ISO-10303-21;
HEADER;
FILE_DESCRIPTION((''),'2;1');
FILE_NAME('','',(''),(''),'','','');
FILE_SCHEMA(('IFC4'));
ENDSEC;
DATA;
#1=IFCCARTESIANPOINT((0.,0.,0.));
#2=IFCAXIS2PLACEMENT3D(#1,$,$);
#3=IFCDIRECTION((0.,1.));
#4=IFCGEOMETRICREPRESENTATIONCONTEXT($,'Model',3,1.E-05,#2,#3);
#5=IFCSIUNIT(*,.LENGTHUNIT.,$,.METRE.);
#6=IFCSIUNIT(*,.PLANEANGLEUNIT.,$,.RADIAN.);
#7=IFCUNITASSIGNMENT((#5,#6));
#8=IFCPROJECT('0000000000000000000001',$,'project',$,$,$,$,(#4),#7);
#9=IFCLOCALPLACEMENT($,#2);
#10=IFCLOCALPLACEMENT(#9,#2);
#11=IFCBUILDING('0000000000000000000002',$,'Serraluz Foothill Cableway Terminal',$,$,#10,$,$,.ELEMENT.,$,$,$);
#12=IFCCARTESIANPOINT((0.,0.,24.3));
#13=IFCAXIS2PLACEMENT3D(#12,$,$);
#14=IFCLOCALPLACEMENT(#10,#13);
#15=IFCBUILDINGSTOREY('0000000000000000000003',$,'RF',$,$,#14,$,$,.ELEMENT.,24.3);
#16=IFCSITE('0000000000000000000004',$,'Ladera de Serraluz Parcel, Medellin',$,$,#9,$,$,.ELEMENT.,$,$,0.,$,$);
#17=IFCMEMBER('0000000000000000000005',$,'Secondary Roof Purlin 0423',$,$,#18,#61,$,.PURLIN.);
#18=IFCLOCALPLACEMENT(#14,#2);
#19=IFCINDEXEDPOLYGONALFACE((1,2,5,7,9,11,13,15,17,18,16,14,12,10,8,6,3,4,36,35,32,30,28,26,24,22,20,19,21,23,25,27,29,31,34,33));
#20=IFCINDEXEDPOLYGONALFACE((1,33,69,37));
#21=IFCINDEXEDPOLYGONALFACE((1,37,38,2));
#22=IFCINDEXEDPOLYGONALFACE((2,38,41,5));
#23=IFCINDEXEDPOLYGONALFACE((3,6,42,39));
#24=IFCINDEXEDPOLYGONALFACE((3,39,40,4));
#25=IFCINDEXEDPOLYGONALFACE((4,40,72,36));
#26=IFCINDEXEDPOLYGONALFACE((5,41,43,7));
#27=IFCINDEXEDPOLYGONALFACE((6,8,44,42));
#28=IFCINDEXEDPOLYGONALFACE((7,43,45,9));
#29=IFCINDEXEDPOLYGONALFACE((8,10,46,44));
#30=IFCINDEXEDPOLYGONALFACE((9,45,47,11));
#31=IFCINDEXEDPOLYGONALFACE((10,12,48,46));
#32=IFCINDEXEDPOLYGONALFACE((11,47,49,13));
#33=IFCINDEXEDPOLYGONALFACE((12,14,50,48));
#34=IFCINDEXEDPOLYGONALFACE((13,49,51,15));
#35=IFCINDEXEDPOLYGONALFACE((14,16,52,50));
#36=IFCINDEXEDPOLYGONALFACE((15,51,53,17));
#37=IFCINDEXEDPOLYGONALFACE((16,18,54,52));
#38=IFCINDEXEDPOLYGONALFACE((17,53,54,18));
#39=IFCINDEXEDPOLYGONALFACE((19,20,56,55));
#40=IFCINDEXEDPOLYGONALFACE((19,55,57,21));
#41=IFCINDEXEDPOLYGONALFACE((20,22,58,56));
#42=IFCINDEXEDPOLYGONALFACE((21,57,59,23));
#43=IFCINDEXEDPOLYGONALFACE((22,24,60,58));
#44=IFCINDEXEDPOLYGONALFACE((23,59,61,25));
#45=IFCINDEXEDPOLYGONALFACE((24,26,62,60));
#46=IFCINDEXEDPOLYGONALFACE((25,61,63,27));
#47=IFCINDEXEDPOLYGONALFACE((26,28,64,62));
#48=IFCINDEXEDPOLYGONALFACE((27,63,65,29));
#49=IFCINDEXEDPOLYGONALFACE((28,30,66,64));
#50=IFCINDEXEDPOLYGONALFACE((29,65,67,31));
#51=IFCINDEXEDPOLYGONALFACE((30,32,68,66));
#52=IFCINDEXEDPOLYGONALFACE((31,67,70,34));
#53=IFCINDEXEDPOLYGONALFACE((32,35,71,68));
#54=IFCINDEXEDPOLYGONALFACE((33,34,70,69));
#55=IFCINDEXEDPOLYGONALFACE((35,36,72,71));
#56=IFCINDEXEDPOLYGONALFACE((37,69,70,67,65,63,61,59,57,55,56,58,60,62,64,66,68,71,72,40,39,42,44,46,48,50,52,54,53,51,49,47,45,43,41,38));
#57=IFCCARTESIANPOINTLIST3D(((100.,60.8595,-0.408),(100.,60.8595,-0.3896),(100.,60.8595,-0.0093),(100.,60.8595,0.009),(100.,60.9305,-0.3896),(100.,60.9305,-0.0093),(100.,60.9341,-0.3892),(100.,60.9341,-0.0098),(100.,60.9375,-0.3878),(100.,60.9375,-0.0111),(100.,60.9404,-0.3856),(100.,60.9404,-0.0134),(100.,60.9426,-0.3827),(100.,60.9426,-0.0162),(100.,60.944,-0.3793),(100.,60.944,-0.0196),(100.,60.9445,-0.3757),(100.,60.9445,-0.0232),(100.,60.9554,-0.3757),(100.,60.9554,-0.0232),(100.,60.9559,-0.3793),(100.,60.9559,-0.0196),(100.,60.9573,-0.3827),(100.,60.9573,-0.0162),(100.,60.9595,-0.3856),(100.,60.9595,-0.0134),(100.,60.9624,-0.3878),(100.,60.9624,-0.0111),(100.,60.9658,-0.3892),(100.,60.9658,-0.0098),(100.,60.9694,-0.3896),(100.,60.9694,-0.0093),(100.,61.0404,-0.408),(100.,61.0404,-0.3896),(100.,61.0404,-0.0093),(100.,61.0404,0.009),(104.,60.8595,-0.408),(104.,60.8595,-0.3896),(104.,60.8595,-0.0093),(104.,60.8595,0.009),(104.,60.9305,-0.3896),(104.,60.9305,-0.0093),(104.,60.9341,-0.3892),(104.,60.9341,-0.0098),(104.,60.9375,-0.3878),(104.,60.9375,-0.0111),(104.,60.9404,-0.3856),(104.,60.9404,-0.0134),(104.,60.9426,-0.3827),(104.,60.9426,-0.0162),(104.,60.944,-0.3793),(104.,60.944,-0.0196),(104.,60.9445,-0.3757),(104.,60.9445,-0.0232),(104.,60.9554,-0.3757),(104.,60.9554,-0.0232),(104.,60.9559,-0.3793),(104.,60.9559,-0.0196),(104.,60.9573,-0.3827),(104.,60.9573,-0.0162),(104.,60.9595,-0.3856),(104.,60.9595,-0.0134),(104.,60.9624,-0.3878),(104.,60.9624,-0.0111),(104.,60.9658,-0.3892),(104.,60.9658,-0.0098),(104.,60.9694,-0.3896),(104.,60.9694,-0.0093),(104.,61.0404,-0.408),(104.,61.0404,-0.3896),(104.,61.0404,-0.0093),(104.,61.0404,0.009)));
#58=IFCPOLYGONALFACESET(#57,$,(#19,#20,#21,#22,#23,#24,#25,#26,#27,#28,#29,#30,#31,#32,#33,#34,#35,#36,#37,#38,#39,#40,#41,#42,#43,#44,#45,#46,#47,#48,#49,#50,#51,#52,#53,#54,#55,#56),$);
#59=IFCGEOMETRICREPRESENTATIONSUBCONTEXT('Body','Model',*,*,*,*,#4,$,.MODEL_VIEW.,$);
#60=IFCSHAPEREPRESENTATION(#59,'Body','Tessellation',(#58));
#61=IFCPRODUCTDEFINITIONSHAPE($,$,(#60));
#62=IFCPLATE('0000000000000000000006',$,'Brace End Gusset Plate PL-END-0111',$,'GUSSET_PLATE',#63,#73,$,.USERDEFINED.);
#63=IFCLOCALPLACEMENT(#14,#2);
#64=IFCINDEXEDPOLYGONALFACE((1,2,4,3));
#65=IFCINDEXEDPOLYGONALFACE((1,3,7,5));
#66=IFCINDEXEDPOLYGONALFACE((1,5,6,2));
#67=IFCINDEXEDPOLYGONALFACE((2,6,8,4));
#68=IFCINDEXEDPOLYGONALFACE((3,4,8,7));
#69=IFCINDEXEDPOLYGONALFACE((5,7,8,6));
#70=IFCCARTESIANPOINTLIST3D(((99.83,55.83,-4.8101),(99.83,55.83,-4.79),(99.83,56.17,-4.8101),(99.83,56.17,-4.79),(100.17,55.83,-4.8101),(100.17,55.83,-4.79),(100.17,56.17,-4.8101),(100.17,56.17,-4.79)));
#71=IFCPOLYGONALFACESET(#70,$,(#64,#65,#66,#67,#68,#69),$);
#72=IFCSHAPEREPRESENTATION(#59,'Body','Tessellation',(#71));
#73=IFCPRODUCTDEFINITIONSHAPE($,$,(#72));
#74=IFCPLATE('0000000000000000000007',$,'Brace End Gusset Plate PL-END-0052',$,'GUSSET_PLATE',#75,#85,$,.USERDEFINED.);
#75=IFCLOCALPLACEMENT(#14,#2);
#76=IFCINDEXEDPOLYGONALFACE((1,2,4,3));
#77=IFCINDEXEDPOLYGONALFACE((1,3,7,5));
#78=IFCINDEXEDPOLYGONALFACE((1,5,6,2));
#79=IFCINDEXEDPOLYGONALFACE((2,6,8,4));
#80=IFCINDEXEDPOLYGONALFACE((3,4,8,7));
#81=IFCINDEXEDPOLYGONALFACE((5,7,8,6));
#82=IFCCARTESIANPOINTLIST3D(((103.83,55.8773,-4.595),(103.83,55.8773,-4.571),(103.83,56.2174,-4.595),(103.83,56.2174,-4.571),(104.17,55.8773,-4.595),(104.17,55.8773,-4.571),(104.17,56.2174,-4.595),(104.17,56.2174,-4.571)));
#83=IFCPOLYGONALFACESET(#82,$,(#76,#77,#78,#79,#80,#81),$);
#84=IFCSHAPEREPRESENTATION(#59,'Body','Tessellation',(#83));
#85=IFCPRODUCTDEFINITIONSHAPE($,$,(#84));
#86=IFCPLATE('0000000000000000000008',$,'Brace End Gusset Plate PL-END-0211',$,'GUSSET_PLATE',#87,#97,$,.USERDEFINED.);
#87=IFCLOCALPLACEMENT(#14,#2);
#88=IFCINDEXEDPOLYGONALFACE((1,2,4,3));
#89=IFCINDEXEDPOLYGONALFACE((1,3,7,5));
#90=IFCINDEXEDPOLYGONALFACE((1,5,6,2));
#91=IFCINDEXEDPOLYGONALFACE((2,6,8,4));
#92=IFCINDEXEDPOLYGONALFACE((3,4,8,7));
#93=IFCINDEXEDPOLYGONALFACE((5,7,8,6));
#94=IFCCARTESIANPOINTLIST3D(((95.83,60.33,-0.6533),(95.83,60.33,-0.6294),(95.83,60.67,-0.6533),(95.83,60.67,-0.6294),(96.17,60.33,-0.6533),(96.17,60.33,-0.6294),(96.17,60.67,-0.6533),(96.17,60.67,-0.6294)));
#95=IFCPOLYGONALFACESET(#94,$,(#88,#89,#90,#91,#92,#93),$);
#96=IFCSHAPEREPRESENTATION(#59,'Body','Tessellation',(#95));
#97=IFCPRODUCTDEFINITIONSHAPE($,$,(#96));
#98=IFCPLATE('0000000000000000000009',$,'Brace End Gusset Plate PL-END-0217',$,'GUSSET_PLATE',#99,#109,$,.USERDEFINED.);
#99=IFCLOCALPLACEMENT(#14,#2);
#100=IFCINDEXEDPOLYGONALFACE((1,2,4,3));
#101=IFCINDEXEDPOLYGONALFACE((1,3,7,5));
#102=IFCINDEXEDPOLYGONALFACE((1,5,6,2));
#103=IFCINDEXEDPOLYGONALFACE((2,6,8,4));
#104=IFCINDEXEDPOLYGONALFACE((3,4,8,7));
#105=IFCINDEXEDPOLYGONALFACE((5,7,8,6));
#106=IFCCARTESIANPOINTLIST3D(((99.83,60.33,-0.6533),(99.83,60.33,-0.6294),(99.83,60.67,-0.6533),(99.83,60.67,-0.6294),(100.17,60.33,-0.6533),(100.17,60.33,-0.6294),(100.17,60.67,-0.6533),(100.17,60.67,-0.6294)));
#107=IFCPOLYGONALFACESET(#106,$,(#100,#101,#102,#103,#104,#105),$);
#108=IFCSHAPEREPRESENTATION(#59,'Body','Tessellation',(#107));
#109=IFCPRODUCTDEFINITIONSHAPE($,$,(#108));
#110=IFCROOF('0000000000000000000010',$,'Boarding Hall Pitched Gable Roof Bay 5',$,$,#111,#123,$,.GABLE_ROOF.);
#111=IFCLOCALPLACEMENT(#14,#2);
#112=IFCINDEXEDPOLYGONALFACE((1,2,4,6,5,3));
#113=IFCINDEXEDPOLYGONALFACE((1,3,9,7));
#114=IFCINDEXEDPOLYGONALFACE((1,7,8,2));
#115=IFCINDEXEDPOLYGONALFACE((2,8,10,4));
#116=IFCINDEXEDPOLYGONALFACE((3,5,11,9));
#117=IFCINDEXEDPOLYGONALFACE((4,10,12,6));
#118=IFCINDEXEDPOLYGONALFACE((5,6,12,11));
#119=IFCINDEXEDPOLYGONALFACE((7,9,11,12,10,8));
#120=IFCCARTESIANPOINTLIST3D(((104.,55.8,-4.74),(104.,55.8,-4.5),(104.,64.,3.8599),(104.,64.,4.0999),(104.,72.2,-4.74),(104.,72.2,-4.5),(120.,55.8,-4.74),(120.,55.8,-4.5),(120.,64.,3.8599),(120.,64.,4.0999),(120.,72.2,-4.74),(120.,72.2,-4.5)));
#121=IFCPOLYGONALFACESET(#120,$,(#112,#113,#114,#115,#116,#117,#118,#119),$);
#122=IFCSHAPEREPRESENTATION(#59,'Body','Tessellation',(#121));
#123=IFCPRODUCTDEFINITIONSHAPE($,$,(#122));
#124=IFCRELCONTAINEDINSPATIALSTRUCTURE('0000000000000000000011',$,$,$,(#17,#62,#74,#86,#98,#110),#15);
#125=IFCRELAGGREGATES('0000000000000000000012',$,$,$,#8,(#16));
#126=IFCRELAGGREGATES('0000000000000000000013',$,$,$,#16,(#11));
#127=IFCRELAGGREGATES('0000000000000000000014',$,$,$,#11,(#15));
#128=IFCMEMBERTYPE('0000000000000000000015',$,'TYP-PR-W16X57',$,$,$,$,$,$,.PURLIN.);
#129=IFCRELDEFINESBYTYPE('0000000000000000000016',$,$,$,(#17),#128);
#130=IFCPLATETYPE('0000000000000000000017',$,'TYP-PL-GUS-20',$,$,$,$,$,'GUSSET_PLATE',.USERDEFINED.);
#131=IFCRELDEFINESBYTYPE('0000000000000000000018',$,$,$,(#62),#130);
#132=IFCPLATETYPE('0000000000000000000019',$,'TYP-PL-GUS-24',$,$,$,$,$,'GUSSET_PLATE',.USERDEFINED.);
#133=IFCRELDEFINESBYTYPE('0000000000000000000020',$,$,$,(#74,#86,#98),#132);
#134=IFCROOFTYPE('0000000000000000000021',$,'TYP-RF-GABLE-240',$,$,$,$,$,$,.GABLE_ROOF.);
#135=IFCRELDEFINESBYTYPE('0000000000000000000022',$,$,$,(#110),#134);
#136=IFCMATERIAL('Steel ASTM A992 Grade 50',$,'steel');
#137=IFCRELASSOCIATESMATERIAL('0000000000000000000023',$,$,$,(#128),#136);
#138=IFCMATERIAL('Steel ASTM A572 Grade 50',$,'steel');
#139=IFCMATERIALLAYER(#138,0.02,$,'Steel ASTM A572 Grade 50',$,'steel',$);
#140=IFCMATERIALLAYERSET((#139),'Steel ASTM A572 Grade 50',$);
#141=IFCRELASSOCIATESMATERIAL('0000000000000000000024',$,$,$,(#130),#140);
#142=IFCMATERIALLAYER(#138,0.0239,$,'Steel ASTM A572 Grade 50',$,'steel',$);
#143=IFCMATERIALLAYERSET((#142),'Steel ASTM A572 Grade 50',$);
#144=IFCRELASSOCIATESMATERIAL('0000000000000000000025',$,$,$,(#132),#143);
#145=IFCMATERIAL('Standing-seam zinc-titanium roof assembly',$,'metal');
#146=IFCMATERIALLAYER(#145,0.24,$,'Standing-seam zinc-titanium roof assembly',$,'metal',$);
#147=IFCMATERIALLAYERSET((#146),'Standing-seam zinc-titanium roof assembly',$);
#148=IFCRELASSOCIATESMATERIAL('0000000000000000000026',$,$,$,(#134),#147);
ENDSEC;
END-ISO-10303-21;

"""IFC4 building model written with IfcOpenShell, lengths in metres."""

from ifc_helpers import new_model, si_unit, direction, frame, origin, origin_2d, place, context, subcontext, project, spatial, polyline, rectangle, i_section, outline, extrude, material, layer, layer_set, material_profile, profile_set, type_object, element, save


model = new_model("IFC4")

# Units and contexts
model_context = context("Model", 3, precision=1e-05, world=origin(), true_north=direction((0.0, 1.0)))
body_context = subcontext(model_context, "Body", "Model", "MODEL_VIEW")
ifc_project = project(units=[si_unit("LENGTHUNIT", "METRE"), si_unit("PLANEANGLEUNIT", "RADIAN")], contexts=[model_context])

# Site, building, storey
site_placement = place(None, origin())
site = spatial("IfcSite", under=ifc_project, at=site_placement, Name="Ladera de Serraluz Parcel, Medellin", CompositionType="ELEMENT", RefElevation=0.0)
building_placement = place(site_placement, origin())
building = spatial("IfcBuilding", under=site, at=building_placement, Name="Serraluz Foothill Cableway Terminal", CompositionType="ELEMENT")
storey_placement = place(building_placement, frame((0.0, 0.0, 24.3)))
storey = spatial("IfcBuildingStorey", under=building, at=storey_placement, Name="RF", CompositionType="ELEMENT", Elevation=24.3)

# Member
ifc_material_1 = material(Name="Steel ASTM A572 Grade 50", Category="steel")
ifc_material_2 = material(Name="Steel ASTM A992 Grade 50", Category="steel")
ifc_material_profile_1 = material_profile(ifc_material_2, i_section(OverallWidth=0.1809, OverallDepth=0.417, WebThickness=0.011, FlangeThickness=0.0183, FilletRadius=0.0139, at=origin_2d()), Name="W16X57")
ifc_profile_set_1 = profile_set([ifc_material_profile_1], Name="Steel ASTM A992 Grade 50")
member_type_1 = type_object("IfcMemberType", Name="TYP-PR-W16X57", PredefinedType="PURLIN", material=ifc_profile_set_1)
for number, where, z_axis, x_axis, name in (
    (1, (100.0, 60.95, -0.1995), (1.0, 0.0, 0.0), (0.0, 1.0, 0.0), "Secondary Roof Purlin 0423"),
):
    element("IfcMember", number, at=place(storey_placement, frame(where, z_axis=z_axis, x_axis=x_axis)), inside=storey, type_object=member_type_1, Name=name, PredefinedType="PURLIN", context=body_context, shape_type="SweptSolid", body=[
        extrude(i_section(OverallWidth=0.1809, OverallDepth=0.417, WebThickness=0.011, FlangeThickness=0.0183, FilletRadius=0.0139, at=origin_2d()), origin(), (0.0, 0.0, 1.0), 4.0),
    ])

# Plates
ifc_layer_1 = layer(ifc_material_1, 0.02, Name="Steel ASTM A572 Grade 50", Category="steel")
ifc_layer_set_1 = layer_set([ifc_layer_1], Name="Steel ASTM A572 Grade 50")
plate_type_1 = type_object("IfcPlateType", Name="TYP-PL-GUS-20", ElementType="GUSSET_PLATE", PredefinedType="USERDEFINED", material=ifc_layer_set_1)
plate_placement = place(storey_placement, frame((100.0, 56.0, -4.8101), z_axis=(0.0, 0.0, 1.0), x_axis=(1.0, 0.0, 0.0)))
element("IfcPlate", 2, at=plate_placement, inside=storey, type_object=plate_type_1, Name="Brace End Gusset Plate PL-END-0111", ObjectType="GUSSET_PLATE", PredefinedType="USERDEFINED", context=body_context, shape_type="SweptSolid", body=[
    extrude(rectangle(XDim=0.3401, YDim=0.3401, at=origin_2d()), origin(), (0.0, 0.0, 1.0), 0.02),
])
ifc_layer_2 = layer(ifc_material_1, 0.0239, Name="Steel ASTM A572 Grade 50", Category="steel")
ifc_layer_set_2 = layer_set([ifc_layer_2], Name="Steel ASTM A572 Grade 50")
plate_type_2 = type_object("IfcPlateType", Name="TYP-PL-GUS-24", ElementType="GUSSET_PLATE", PredefinedType="USERDEFINED", material=ifc_layer_set_2)
for number, where, z_axis, x_axis, name in (
    (3, (104.0, 56.0474, -4.595), (0.0, 0.0, 1.0), (1.0, 0.0, 0.0), "Brace End Gusset Plate PL-END-0052"),
    (4, (96.0, 60.5, -0.6533), (0.0, 0.0, 1.0), (1.0, 0.0, 0.0), "Brace End Gusset Plate PL-END-0211"),
    (5, (100.0, 60.5, -0.6533), (0.0, 0.0, 1.0), (1.0, 0.0, 0.0), "Brace End Gusset Plate PL-END-0217"),
):
    element("IfcPlate", number, at=place(storey_placement, frame(where, z_axis=z_axis, x_axis=x_axis)), inside=storey, type_object=plate_type_2, Name=name, ObjectType="GUSSET_PLATE", PredefinedType="USERDEFINED", context=body_context, shape_type="SweptSolid", body=[
        extrude(rectangle(XDim=0.3401, YDim=0.3401, at=origin_2d()), origin(), (0.0, 0.0, 1.0), 0.0239),
    ])

# Roof
ifc_material_3 = material(Name="Standing-seam zinc-titanium roof assembly", Category="metal")
ifc_layer_3 = layer(ifc_material_3, 0.24, Name="Standing-seam zinc-titanium roof assembly", Category="metal")
ifc_layer_set_3 = layer_set([ifc_layer_3], Name="Standing-seam zinc-titanium roof assembly")
roof_type = type_object("IfcRoofType", Name="TYP-RF-GABLE-240", PredefinedType="GABLE_ROOF", material=ifc_layer_set_3)
roof_placement = place(storey_placement, frame((104.0, 55.8, -4.5)))
element("IfcRoof", 6, at=roof_placement, inside=storey, type_object=roof_type, Name="Boarding Hall Pitched Gable Roof Bay 5", PredefinedType="GABLE_ROOF", context=body_context, shape_type="SweptSolid", body=[
    extrude(outline(polyline([(0.0, 0.0), (8.2, 8.5999), (16.3999, 0.0), (16.3999, -0.24), (8.2, 8.3599), (0.0, -0.24), (0.0, 0.0)])), frame((0.0, 0.0, 0.0), z_axis=(1.0, 0.0, 0.0), x_axis=(0.0, 1.0, 0.0)), (0.0, 0.0, 1.0), 16.0),
])

save(model, "model.ifc")
